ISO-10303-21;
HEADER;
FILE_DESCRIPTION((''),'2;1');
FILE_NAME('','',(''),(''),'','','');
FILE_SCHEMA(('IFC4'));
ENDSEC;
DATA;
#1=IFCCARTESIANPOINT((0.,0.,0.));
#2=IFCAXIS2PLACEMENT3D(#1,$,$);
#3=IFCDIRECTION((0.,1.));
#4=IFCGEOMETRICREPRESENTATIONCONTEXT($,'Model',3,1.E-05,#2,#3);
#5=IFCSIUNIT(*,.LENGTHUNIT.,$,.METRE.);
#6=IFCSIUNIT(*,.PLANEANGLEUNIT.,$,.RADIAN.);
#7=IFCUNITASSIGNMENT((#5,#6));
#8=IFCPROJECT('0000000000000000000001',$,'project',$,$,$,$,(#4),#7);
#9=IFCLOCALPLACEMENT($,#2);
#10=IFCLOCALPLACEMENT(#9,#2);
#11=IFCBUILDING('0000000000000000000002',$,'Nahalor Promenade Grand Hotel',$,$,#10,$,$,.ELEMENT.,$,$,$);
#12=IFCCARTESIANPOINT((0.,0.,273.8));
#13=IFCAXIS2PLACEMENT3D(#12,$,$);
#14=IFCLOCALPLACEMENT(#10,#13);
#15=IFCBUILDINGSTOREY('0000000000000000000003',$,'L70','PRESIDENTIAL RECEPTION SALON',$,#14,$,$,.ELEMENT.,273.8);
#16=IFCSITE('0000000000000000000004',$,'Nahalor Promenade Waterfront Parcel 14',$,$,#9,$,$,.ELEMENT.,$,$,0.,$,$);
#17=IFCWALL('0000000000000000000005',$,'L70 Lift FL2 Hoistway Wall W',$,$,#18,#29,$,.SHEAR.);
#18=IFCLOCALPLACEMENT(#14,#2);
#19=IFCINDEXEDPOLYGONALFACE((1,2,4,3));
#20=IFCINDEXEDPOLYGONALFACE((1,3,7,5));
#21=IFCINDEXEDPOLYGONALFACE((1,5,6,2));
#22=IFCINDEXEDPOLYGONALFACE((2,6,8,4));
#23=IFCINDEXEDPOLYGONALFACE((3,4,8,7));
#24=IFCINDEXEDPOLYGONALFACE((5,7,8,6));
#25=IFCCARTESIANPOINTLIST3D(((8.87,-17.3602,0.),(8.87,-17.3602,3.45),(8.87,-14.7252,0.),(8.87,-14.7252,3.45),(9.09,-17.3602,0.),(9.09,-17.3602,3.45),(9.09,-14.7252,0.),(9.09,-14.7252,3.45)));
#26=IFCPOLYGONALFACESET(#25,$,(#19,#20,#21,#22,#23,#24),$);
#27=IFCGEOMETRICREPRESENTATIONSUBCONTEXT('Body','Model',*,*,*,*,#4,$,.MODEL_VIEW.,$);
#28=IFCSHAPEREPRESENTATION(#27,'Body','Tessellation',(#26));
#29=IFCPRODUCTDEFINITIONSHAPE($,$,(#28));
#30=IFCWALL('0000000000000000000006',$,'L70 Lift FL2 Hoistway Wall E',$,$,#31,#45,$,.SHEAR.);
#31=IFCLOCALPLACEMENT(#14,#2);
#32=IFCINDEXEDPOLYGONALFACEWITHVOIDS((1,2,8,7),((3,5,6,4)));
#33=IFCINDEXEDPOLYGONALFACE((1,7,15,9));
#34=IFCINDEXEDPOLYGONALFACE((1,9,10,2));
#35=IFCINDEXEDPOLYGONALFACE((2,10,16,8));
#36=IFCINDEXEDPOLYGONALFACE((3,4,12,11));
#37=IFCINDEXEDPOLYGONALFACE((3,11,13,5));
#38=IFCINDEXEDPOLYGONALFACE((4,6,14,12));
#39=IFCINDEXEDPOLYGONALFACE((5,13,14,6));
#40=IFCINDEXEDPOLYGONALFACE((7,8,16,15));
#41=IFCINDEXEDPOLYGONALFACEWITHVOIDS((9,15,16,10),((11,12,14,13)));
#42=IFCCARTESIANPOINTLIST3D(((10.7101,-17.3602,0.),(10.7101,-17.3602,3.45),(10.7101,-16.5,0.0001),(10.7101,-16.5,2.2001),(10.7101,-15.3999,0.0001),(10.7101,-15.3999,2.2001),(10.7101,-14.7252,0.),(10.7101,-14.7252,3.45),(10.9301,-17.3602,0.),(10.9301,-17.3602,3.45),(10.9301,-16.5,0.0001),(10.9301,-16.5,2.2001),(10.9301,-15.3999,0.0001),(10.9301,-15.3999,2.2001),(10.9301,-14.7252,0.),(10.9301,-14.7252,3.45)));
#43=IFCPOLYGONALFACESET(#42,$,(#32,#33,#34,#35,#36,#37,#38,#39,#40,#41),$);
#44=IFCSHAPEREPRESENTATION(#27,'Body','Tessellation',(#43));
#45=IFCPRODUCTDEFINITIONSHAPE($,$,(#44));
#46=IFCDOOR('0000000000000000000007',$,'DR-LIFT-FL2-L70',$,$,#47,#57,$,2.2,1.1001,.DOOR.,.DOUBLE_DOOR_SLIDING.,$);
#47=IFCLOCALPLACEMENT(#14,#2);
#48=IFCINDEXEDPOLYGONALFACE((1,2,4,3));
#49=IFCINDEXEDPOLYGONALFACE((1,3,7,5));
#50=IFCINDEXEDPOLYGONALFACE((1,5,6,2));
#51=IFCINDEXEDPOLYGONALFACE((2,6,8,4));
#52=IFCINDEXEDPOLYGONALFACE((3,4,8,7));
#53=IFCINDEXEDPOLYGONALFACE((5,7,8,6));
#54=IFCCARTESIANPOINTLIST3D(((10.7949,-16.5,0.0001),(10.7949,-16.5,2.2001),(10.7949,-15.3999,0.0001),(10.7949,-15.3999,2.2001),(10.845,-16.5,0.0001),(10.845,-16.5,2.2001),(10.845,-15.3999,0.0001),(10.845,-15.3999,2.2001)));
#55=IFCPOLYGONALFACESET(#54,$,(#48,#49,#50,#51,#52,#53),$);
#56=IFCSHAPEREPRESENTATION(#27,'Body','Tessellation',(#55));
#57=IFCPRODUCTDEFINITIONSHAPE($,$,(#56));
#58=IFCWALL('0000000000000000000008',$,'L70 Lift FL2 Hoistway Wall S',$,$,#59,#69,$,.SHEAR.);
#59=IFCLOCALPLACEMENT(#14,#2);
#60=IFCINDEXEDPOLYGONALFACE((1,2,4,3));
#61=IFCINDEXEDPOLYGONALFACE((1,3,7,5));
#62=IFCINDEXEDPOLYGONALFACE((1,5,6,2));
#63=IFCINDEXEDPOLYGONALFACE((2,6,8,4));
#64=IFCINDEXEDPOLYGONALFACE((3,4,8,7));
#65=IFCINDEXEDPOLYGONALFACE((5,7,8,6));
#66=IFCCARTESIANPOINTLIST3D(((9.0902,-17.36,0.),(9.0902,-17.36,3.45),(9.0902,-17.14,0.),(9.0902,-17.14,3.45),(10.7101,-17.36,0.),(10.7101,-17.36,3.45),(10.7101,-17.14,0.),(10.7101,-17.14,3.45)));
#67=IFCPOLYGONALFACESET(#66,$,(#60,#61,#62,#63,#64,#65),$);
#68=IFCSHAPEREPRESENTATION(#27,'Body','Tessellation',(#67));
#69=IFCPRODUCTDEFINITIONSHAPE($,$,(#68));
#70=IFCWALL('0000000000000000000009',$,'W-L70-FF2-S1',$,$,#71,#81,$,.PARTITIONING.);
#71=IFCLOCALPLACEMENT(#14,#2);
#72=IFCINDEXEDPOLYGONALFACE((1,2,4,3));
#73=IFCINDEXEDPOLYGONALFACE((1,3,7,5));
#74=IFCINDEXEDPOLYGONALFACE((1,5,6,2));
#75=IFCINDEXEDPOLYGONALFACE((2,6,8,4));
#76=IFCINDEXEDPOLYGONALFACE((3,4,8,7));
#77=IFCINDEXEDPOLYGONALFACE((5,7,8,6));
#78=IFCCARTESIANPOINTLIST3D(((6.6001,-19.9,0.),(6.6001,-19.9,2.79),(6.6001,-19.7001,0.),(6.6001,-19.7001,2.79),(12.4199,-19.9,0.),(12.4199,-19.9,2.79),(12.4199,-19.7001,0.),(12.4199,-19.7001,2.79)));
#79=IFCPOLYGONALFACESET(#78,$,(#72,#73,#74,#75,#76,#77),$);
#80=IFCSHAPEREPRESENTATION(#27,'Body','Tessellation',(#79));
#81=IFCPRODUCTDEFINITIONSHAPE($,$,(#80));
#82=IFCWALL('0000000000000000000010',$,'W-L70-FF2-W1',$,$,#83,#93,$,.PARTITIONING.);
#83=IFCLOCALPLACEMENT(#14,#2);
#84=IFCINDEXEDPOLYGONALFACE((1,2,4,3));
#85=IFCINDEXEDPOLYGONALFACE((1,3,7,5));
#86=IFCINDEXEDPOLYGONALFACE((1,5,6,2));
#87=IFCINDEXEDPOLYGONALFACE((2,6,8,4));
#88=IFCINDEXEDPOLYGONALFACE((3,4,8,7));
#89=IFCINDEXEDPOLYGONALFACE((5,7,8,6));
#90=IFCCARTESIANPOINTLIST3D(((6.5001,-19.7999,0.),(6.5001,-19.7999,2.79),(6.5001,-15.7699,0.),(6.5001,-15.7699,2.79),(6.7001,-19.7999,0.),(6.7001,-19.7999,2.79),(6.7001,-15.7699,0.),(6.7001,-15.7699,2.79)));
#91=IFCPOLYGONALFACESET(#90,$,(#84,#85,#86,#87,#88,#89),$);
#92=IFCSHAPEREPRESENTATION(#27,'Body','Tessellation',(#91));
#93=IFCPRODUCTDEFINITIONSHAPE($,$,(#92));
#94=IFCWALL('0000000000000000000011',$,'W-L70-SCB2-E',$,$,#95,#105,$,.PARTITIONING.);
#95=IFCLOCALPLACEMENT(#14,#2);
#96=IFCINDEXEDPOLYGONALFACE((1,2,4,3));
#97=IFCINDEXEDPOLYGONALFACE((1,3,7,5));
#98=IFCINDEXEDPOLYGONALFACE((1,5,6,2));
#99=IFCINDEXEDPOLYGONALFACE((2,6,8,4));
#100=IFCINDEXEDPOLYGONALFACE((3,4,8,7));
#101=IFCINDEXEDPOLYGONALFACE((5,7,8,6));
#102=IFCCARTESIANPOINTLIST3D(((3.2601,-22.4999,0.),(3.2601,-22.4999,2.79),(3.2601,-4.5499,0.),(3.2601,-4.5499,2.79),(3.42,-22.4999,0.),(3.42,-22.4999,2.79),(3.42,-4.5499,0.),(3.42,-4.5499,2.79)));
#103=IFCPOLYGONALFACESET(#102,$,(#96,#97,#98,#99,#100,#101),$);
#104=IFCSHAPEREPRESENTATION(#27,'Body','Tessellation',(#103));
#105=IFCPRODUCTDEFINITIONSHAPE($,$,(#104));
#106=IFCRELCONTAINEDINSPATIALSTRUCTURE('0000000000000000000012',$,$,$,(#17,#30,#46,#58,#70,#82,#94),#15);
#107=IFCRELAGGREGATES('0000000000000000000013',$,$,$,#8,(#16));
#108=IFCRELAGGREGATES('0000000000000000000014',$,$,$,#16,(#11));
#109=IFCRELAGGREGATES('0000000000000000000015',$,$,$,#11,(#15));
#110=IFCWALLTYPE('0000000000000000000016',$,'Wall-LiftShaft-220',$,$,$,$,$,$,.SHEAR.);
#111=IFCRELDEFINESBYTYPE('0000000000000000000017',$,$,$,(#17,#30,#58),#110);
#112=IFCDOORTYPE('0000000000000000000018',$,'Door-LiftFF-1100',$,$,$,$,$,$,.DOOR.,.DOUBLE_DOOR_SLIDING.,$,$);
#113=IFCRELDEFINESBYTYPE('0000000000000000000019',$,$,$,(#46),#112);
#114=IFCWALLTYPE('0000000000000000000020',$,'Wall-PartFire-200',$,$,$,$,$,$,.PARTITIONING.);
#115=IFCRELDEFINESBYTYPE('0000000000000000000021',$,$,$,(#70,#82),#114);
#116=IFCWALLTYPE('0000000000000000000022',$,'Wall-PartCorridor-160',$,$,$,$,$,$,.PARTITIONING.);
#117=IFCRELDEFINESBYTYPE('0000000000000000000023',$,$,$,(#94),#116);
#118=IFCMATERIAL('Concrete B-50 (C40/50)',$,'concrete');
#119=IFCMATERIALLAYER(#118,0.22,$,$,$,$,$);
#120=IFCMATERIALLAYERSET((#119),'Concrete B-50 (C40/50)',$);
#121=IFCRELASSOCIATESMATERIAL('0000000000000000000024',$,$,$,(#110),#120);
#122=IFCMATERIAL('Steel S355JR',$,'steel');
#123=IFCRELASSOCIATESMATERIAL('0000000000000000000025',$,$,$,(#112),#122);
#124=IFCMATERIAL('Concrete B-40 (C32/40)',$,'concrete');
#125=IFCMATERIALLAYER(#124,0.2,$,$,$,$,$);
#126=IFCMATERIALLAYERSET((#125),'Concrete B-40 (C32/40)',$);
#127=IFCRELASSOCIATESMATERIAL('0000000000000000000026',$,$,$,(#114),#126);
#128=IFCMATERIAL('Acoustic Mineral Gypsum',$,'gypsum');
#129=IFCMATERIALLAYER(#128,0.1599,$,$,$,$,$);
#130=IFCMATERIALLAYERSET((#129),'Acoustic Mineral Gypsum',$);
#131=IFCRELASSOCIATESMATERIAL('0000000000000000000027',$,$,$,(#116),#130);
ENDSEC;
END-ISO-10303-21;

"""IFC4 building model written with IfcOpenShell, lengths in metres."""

from ifc_helpers import new_model, si_unit, direction, frame, frame_2d, origin, place, context, subcontext, project, spatial, rectangle, extrude, source, transform, mapped, material, layer, layer_set, type_object, element, fill, save


model = new_model("IFC4")

# Units and contexts
model_context = context("Model", 3, precision=1e-05, world=origin(), true_north=direction((0.0, 1.0)))
body_context = subcontext(model_context, "Body", "Model", "MODEL_VIEW")
ifc_project = project(units=[si_unit("LENGTHUNIT", "METRE"), si_unit("PLANEANGLEUNIT", "RADIAN")], contexts=[model_context])

# Site, building, storey
site_placement = place(None, origin())
site = spatial("IfcSite", under=ifc_project, at=site_placement, Name="Nahalor Promenade Waterfront Parcel 14", CompositionType="ELEMENT", RefElevation=0.0)
building_placement = place(site_placement, origin())
building = spatial("IfcBuilding", under=site, at=building_placement, Name="Nahalor Promenade Grand Hotel", CompositionType="ELEMENT")
storey_placement = place(building_placement, frame((0.0, 0.0, 273.8)))
storey = spatial("IfcBuildingStorey", under=building, at=storey_placement, Name="L70", Description="PRESIDENTIAL RECEPTION SALON", CompositionType="ELEMENT", Elevation=273.8)

# Shared definitions
ifc_material_1 = material(Name="Concrete B-50 (C40/50)", Category="concrete")
ifc_material_2 = material(Name="Steel S355JR", Category="steel")

# Wall
ifc_layer_1 = layer(ifc_material_1, 0.22)
ifc_layer_set_1 = layer_set([ifc_layer_1], Name="Concrete B-50 (C40/50)")
wall_type_1 = type_object("IfcWallType", Name="Wall-LiftShaft-220", PredefinedType="SHEAR", material=ifc_layer_set_1)
shared_shape_1 = source(origin(), body_context, "Body", "SweptSolid", [
    extrude(rectangle(XDim=2.635, YDim=0.22, at=frame_2d((1.3174, 0.0))), origin(), (0.0, 0.0, 1.0), 3.45),
])
wall_1_placement = place(storey_placement, frame((8.98, -17.3601, 0.0), z_axis=(0.0, 0.0, 1.0), x_axis=(0.0, 1.0, 0.0)))
element("IfcWall", 1, at=wall_1_placement, inside=storey, type_object=wall_type_1, Name="L70 Lift FL2 Hoistway Wall W", PredefinedType="SHEAR", context=body_context, shape_type="MappedRepresentation", body=[
    mapped(shared_shape_1, transform((0.0, 0.0, 0.0), scale=1.0)),
])

# Wall, opening, door
wall_2_placement = place(storey_placement, frame((10.8201, -17.3601, 0.0), z_axis=(0.0, 0.0, 1.0), x_axis=(0.0, 1.0, 0.0)))
wall_2 = element("IfcWall", 2, at=wall_2_placement, inside=storey, type_object=wall_type_1, Name="L70 Lift FL2 Hoistway Wall E", PredefinedType="SHEAR", context=body_context, shape_type="MappedRepresentation", body=[
    mapped(shared_shape_1, transform((0.0, 0.0, 0.0), scale=1.0)),
])
opening_1_placement = place(wall_2_placement, frame((0.8601, 0.0, 0.0)))
opening_1 = element("IfcOpeningElement", 3, at=opening_1_placement, cuts=wall_2, PredefinedType="OPENING", context=body_context, shape_type="SweptSolid", body=[
    extrude(rectangle(XDim=1.1001, YDim=2.2, at=frame_2d((0.55, 1.1001))), frame((0.0, 0.1199, 0.0), z_axis=(0.0, -1.0, 0.0), x_axis=(1.0, 0.0, 0.0)), (0.0, 0.0, 1.0), 0.24),
])
door_type_1 = type_object("IfcDoorType", Name="Door-LiftFF-1100", OperationType="DOUBLE_DOOR_SLIDING", PredefinedType="DOOR", material=ifc_material_2)
shared_shape_2 = source(origin(), body_context, "Body", "SweptSolid", [
    extrude(rectangle(XDim=1.1001, YDim=2.2, at=frame_2d((0.55, 1.1001))), frame((0.0, 0.0249, 0.0), z_axis=(0.0, -1.0, 0.0), x_axis=(1.0, 0.0, 0.0)), (0.0, 0.0, 1.0), 0.05),
])
door_1_placement = place(opening_1_placement, frame((1.1001, 0.0, 0.0), z_axis=(0.0, 0.0, 1.0), x_axis=(-1.0, 0.0, 0.0)))
door_1 = element("IfcDoor", 4, at=door_1_placement, inside=storey, type_object=door_type_1, Name="DR-LIFT-FL2-L70", OperationType="DOUBLE_DOOR_SLIDING", OverallHeight=2.2, OverallWidth=1.1001, PredefinedType="DOOR", context=body_context, shape_type="MappedRepresentation", body=[
    mapped(shared_shape_2, transform((0.0, 0.0, 0.0), scale=1.0)),
])
fill(opening_1, door_1)

# Walls
shared_shape_3 = source(origin(), body_context, "Body", "SweptSolid", [
    extrude(rectangle(XDim=1.6199, YDim=0.22, at=frame_2d((0.8101, 0.0))), origin(), (0.0, 0.0, 1.0), 3.45),
])
wall_3_placement = place(storey_placement, frame((9.0901, -17.25, 0.0), z_axis=(0.0, 0.0, 1.0), x_axis=(1.0, 0.0, 0.0)))
element("IfcWall", 5, at=wall_3_placement, inside=storey, type_object=wall_type_1, Name="L70 Lift FL2 Hoistway Wall S", PredefinedType="SHEAR", context=body_context, shape_type="MappedRepresentation", body=[
    mapped(shared_shape_3, transform((0.0, 0.0, 0.0), scale=1.0)),
])
ifc_material_3 = material(Name="Concrete B-40 (C32/40)", Category="concrete")
ifc_layer_2 = layer(ifc_material_3, 0.2)
ifc_layer_set_2 = layer_set([ifc_layer_2], Name="Concrete B-40 (C32/40)")
wall_type_2 = type_object("IfcWallType", Name="Wall-PartFire-200", PredefinedType="PARTITIONING", material=ifc_layer_set_2)
shared_shape_4 = source(origin(), body_context, "Body", "SweptSolid", [
    extrude(rectangle(XDim=5.8198, YDim=0.2, at=frame_2d((2.9099, 0.0))), origin(), (0.0, 0.0, 1.0), 2.79),
])
wall_4_placement = place(storey_placement, frame((6.6001, -19.8, 0.0), z_axis=(0.0, 0.0, 1.0), x_axis=(1.0, 0.0, 0.0)))
element("IfcWall", 6, at=wall_4_placement, inside=storey, type_object=wall_type_2, Name="W-L70-FF2-S1", PredefinedType="PARTITIONING", context=body_context, shape_type="MappedRepresentation", body=[
    mapped(shared_shape_4, transform((0.0, 0.0, 0.0), scale=1.0)),
])
shared_shape_5 = source(origin(), body_context, "Body", "SweptSolid", [
    extrude(rectangle(XDim=4.03, YDim=0.2, at=frame_2d((2.0151, 0.0))), origin(), (0.0, 0.0, 1.0), 2.79),
])
wall_5_placement = place(storey_placement, frame((6.6001, -19.8, 0.0), z_axis=(0.0, 0.0, 1.0), x_axis=(0.0, 1.0, 0.0)))
element("IfcWall", 7, at=wall_5_placement, inside=storey, type_object=wall_type_2, Name="W-L70-FF2-W1", PredefinedType="PARTITIONING", context=body_context, shape_type="MappedRepresentation", body=[
    mapped(shared_shape_5, transform((0.0, 0.0, 0.0), scale=1.0)),
])
ifc_material_4 = material(Name="Acoustic Mineral Gypsum", Category="gypsum")
ifc_layer_3 = layer(ifc_material_4, 0.1599)
ifc_layer_set_3 = layer_set([ifc_layer_3], Name="Acoustic Mineral Gypsum")
wall_type_3 = type_object("IfcWallType", Name="Wall-PartCorridor-160", PredefinedType="PARTITIONING", material=ifc_layer_set_3)
shared_shape_6 = source(origin(), body_context, "Body", "SweptSolid", [
    extrude(rectangle(XDim=17.95, YDim=0.1599, at=frame_2d((8.9751, 0.0))), origin(), (0.0, 0.0, 1.0), 2.79),
])
wall_6_placement = place(storey_placement, frame((3.3401, -22.5, 0.0), z_axis=(0.0, 0.0, 1.0), x_axis=(0.0, 1.0, 0.0)))
element("IfcWall", 8, at=wall_6_placement, inside=storey, type_object=wall_type_3, Name="W-L70-SCB2-E", PredefinedType="PARTITIONING", context=body_context, shape_type="MappedRepresentation", body=[
    mapped(shared_shape_6, transform((0.0, 0.0, 0.0), scale=1.0)),
])

save(model, "model.ifc")
